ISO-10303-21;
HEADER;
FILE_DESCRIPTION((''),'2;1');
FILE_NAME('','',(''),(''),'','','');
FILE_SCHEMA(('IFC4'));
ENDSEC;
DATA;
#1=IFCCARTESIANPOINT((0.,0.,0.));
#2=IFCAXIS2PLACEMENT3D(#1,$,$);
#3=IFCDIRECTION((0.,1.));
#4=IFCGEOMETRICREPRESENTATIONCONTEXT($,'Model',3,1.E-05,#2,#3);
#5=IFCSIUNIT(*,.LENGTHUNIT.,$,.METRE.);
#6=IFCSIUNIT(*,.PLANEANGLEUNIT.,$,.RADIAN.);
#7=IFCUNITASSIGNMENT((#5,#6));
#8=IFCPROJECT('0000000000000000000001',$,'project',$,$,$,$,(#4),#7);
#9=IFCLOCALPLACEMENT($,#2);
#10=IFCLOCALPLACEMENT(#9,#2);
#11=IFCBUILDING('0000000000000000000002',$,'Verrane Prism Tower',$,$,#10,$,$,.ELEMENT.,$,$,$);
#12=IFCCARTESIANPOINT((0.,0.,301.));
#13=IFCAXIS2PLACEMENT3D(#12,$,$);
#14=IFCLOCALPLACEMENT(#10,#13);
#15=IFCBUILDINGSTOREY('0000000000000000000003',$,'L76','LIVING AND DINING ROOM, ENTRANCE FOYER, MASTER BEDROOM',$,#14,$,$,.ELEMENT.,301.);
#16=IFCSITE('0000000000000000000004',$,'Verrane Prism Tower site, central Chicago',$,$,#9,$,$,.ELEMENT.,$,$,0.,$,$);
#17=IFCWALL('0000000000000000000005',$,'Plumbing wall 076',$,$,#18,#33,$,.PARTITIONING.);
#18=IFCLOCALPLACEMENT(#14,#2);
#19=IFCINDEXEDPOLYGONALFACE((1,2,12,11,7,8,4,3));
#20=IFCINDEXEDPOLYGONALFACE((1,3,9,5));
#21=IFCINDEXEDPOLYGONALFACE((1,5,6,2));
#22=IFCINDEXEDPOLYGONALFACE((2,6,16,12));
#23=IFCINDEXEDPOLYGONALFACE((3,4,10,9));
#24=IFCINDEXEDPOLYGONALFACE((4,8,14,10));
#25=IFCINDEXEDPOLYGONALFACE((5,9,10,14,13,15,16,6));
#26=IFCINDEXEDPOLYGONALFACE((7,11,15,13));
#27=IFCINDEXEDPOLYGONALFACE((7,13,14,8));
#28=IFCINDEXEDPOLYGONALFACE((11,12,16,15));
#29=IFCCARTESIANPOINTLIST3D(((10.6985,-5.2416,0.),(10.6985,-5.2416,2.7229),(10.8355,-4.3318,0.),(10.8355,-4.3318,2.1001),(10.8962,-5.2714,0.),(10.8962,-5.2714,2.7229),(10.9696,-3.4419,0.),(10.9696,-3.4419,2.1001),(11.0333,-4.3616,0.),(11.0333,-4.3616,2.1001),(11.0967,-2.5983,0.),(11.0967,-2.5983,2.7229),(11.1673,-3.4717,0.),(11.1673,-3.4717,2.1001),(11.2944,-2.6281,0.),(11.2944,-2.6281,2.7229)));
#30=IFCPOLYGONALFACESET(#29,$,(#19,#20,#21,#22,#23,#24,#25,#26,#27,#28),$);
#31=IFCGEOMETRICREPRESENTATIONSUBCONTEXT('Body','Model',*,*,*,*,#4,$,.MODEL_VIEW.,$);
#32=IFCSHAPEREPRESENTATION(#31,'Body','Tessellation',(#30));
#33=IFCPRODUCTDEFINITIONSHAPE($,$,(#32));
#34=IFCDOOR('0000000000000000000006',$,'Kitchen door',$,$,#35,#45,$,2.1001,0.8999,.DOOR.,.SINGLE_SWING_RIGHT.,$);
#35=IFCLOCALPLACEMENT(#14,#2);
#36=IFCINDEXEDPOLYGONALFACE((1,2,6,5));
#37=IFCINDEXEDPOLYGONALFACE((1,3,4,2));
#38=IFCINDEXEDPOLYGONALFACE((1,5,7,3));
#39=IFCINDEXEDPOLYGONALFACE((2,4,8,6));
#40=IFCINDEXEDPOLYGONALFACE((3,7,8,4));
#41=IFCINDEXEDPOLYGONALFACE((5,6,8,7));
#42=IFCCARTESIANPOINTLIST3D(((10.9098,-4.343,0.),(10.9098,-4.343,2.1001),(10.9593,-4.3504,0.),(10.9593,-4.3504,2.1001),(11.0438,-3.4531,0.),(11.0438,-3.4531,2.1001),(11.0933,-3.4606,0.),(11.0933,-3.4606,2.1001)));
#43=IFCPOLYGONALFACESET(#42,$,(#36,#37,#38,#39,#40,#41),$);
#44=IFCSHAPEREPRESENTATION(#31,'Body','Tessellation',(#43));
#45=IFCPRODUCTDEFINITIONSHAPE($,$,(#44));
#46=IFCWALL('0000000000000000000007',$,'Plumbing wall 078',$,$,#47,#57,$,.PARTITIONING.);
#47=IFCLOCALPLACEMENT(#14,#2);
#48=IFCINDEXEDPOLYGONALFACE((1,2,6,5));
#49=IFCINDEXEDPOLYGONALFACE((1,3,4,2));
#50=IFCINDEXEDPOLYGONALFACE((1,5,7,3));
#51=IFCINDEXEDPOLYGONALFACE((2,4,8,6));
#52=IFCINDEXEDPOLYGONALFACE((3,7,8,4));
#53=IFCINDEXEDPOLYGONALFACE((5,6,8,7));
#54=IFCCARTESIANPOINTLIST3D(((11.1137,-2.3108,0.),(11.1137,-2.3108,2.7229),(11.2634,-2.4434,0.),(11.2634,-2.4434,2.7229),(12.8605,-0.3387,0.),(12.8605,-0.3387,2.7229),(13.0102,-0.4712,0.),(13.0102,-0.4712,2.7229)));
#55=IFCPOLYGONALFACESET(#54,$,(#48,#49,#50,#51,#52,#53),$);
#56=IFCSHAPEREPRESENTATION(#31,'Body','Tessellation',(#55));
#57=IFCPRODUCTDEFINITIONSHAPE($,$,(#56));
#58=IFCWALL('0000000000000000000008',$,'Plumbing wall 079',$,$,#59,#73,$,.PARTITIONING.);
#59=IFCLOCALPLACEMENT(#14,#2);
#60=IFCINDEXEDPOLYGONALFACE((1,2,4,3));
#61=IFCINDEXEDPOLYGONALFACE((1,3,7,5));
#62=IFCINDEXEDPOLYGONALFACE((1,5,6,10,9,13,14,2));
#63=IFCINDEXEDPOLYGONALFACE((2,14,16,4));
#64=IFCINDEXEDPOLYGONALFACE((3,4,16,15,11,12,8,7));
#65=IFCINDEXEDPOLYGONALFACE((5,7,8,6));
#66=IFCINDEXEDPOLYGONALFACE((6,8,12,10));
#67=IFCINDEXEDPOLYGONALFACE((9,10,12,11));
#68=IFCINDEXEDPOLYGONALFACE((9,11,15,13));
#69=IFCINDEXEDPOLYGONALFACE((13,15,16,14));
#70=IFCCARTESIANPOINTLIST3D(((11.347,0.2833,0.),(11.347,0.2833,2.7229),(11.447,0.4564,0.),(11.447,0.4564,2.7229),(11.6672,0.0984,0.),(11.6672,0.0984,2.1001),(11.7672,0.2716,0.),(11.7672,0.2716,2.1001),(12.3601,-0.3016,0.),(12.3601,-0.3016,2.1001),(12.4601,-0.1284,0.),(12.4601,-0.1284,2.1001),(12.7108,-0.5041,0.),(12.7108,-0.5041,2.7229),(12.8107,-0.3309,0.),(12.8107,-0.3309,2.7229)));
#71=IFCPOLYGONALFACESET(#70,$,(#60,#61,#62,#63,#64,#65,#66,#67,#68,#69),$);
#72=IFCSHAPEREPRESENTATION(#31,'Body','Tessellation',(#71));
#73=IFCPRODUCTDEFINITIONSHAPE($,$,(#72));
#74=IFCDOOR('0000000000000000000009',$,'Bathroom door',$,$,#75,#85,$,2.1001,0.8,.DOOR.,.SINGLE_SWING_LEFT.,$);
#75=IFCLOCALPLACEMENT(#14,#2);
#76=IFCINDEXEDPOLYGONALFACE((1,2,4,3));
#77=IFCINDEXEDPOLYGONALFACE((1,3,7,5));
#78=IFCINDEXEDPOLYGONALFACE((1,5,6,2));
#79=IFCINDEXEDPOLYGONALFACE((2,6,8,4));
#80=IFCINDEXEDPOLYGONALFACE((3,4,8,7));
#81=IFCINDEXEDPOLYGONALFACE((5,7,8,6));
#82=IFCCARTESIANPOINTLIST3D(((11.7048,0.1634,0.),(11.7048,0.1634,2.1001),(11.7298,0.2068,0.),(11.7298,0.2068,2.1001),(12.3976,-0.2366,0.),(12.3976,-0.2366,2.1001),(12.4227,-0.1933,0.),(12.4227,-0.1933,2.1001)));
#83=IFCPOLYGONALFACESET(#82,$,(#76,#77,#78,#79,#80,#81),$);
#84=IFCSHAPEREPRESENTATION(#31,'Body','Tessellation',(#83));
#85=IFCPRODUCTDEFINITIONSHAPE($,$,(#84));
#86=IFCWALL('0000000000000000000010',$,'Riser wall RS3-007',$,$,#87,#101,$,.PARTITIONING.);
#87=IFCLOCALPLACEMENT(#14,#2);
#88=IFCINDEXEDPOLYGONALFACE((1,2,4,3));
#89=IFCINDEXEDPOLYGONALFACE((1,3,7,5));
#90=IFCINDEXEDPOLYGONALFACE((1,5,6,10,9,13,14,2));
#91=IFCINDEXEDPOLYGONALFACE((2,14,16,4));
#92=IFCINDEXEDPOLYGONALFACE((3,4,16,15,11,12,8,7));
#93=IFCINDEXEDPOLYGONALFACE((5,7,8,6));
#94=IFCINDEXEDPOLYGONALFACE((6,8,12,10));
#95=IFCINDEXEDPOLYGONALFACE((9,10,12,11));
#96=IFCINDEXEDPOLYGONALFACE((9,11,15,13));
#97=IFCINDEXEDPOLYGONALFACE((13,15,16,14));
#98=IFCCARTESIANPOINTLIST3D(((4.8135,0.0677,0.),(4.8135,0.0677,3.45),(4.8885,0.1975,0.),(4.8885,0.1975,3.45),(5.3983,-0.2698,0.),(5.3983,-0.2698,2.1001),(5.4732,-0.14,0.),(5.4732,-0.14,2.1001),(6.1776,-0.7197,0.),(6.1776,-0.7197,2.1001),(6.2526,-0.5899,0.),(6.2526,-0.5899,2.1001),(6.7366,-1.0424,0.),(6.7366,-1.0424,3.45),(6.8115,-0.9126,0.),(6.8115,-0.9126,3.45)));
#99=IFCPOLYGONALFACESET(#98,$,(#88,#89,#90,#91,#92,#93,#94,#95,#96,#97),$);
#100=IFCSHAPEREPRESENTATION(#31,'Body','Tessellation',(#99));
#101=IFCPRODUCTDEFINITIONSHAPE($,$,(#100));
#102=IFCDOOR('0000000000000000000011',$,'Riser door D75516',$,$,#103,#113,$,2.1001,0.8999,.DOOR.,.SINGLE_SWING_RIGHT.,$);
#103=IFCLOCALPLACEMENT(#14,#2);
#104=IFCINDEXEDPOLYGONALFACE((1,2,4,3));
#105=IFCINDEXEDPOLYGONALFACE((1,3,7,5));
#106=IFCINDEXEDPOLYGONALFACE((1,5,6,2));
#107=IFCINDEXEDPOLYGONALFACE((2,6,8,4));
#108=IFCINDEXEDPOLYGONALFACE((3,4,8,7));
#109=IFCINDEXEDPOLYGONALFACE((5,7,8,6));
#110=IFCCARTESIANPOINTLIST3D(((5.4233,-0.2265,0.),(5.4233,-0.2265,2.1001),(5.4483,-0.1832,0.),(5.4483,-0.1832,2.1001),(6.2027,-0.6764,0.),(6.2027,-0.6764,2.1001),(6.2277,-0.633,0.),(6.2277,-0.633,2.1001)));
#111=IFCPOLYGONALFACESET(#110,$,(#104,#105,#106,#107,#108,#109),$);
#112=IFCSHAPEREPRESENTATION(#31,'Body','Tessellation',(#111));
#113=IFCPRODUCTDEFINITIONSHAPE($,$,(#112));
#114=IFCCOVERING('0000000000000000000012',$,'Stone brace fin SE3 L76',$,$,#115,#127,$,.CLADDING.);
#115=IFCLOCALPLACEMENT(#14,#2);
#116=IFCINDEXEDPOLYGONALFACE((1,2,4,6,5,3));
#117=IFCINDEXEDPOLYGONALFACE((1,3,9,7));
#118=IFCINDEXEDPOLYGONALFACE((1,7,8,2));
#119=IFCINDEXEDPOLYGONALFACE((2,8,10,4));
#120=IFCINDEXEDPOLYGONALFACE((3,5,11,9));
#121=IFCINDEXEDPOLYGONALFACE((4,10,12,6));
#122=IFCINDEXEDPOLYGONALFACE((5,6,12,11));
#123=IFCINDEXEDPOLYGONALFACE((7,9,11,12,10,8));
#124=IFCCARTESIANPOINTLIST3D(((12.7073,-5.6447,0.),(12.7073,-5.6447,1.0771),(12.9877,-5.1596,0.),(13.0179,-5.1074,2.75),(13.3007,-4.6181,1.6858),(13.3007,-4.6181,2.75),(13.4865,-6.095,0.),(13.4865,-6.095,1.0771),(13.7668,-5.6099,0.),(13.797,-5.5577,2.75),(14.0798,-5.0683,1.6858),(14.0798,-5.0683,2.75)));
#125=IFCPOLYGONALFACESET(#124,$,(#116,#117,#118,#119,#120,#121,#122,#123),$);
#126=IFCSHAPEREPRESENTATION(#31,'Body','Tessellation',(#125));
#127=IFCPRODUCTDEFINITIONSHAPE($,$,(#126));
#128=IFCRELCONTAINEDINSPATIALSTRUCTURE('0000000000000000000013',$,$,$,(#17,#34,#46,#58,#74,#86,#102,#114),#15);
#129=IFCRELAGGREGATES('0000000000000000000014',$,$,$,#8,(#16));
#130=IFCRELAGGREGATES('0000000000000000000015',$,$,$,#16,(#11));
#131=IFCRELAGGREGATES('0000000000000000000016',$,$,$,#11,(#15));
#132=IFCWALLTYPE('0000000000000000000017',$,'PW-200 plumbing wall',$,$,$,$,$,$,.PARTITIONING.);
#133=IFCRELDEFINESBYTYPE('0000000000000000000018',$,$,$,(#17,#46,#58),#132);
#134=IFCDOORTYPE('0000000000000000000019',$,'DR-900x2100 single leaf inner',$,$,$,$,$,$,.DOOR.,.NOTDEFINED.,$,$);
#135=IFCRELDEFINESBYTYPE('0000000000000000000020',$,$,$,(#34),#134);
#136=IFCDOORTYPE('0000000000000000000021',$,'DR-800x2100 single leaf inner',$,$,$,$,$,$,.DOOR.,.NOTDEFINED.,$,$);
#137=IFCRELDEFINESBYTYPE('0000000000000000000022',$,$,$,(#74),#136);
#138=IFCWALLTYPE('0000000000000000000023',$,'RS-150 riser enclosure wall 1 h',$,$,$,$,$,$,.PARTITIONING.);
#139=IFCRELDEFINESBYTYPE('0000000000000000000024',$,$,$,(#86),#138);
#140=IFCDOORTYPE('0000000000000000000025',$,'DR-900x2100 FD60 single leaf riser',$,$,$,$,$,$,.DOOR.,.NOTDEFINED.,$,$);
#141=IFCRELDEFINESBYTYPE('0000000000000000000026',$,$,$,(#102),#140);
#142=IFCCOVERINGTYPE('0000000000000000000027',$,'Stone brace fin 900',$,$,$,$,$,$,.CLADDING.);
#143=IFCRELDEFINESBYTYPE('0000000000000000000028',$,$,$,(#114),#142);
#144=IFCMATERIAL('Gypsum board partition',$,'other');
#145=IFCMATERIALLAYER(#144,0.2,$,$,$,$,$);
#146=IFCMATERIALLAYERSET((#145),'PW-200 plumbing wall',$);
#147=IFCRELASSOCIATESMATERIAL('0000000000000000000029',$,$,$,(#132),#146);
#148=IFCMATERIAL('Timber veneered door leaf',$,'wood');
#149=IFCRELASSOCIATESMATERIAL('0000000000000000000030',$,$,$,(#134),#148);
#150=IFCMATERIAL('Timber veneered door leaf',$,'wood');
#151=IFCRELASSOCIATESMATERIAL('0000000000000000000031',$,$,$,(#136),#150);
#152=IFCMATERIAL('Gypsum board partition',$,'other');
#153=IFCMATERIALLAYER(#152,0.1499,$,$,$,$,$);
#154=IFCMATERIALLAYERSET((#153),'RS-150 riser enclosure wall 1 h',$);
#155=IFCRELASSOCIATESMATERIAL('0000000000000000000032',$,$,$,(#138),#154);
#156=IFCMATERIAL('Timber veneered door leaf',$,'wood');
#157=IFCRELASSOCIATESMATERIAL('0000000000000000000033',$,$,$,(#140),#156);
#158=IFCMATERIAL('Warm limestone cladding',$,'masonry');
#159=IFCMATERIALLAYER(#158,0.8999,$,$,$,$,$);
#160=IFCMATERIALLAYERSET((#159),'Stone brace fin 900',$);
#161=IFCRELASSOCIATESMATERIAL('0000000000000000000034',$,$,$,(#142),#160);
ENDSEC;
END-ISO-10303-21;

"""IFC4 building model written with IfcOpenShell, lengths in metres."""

from ifc_helpers import new_model, si_unit, direction, frame, frame_2d, origin, place, context, subcontext, project, spatial, polyline, rectangle, outline, extrude, material, layer, layer_set, type_object, element, fill, save


model = new_model("IFC4")

# Units and contexts
model_context = context("Model", 3, precision=1e-05, world=origin(), true_north=direction((0.0, 1.0)))
body_context = subcontext(model_context, "Body", "Model", "MODEL_VIEW")
ifc_project = project(units=[si_unit("LENGTHUNIT", "METRE"), si_unit("PLANEANGLEUNIT", "RADIAN")], contexts=[model_context])

# Site, building, storey
site_placement = place(None, origin())
site = spatial("IfcSite", under=ifc_project, at=site_placement, Name="Verrane Prism Tower site, central Chicago", CompositionType="ELEMENT", RefElevation=0.0)
building_placement = place(site_placement, origin())
building = spatial("IfcBuilding", under=site, at=building_placement, Name="Verrane Prism Tower", CompositionType="ELEMENT")
storey_placement = place(building_placement, frame((0.0, 0.0, 301.0)))
storey = spatial("IfcBuildingStorey", under=building, at=storey_placement, Name="L76", Description="LIVING AND DINING ROOM, ENTRANCE FOYER, MASTER BEDROOM", CompositionType="ELEMENT", Elevation=301.0)

# Shared definitions
ifc_material_1 = material(Name="Gypsum board partition", Category="other")
ifc_layer_1 = layer(ifc_material_1, 0.2)
ifc_layer_set_1 = layer_set([ifc_layer_1], Name="PW-200 plumbing wall")
wall_type_1 = type_object("IfcWallType", Name="PW-200 plumbing wall", PredefinedType="PARTITIONING", material=ifc_layer_set_1)

# Wall, opening, door
wall_1_placement = place(storey_placement, frame((10.7974, -5.2563, 0.0), z_axis=(0.0, 0.0, 1.0), x_axis=(0.148961, 0.988843, 0.0)))
wall_1 = element("IfcWall", 1, at=wall_1_placement, inside=storey, type_object=wall_type_1, Name="Plumbing wall 076", PredefinedType="PARTITIONING", context=body_context, shape_type="SweptSolid", body=[
    extrude(rectangle(XDim=2.6731, YDim=0.2, at=frame_2d((1.3364, 0.0))), origin(), (0.0, 0.0, 1.0), 2.7229),
])
opening_1_placement = place(wall_1_placement, frame((0.9199, 0.0, 0.0)))
opening_1 = element("IfcOpeningElement", 2, at=opening_1_placement, cuts=wall_1, PredefinedType="OPENING", context=body_context, shape_type="SweptSolid", body=[
    extrude(rectangle(XDim=0.8999, YDim=2.1001, at=frame_2d((0.45, 1.05))), frame((0.0, 0.1099, 0.0), z_axis=(0.0, -1.0, 0.0), x_axis=(1.0, 0.0, 0.0)), (0.0, 0.0, 1.0), 0.22),
])
ifc_material_2 = material(Name="Timber veneered door leaf", Category="wood")
door_type_1 = type_object("IfcDoorType", Name="DR-900x2100 single leaf inner", OperationType="NOTDEFINED", PredefinedType="DOOR", material=ifc_material_2)
door_1_placement = place(opening_1_placement, origin())
door_1 = element("IfcDoor", 3, at=door_1_placement, inside=storey, type_object=door_type_1, Name="Kitchen door", OperationType="SINGLE_SWING_RIGHT", OverallHeight=2.1001, OverallWidth=0.8999, PredefinedType="DOOR", context=body_context, shape_type="SweptSolid", body=[
    extrude(rectangle(XDim=0.8999, YDim=2.1001, at=frame_2d((0.45, 1.05))), frame((0.0, 0.0249, 0.0), z_axis=(0.0, -1.0, 0.0), x_axis=(1.0, 0.0, 0.0)), (0.0, 0.0, 1.0), 0.05),
])
fill(opening_1, door_1)

# Wall
wall_2_placement = place(storey_placement, frame((11.1885, -2.3772, 0.0), z_axis=(0.0, 0.0, 1.0), x_axis=(0.663046, 0.748579, 0.0)))
element("IfcWall", 4, at=wall_2_placement, inside=storey, type_object=wall_type_1, Name="Plumbing wall 078", PredefinedType="PARTITIONING", context=body_context, shape_type="SweptSolid", body=[
    extrude(rectangle(XDim=2.6345, YDim=0.2, at=frame_2d((1.3174, 0.0))), origin(), (0.0, 0.0, 1.0), 2.7229),
])

# Walls, openings, doors
wall_3_placement = place(storey_placement, frame((12.7607, -0.4175, 0.0), z_axis=(0.0, 0.0, 1.0), x_axis=(-0.866031, 0.499991, 0.0)))
wall_3 = element("IfcWall", 5, at=wall_3_placement, inside=storey, type_object=wall_type_1, Name="Plumbing wall 079", PredefinedType="PARTITIONING", context=body_context, shape_type="SweptSolid", body=[
    extrude(rectangle(XDim=1.5747, YDim=0.2, at=frame_2d((0.7874, 0.0))), origin(), (0.0, 0.0, 1.0), 2.7229),
])
opening_2_placement = place(wall_3_placement, frame((0.405, 0.0, 0.0)))
opening_2 = element("IfcOpeningElement", 6, at=opening_2_placement, cuts=wall_3, PredefinedType="OPENING", context=body_context, shape_type="SweptSolid", body=[
    extrude(rectangle(XDim=0.8, YDim=2.1001, at=frame_2d((0.3999, 1.05))), frame((0.0, 0.1099, 0.0), z_axis=(0.0, -1.0, 0.0), x_axis=(1.0, 0.0, 0.0)), (0.0, 0.0, 1.0), 0.22),
])
ifc_material_3 = material(Name="Timber veneered door leaf", Category="wood")
door_type_2 = type_object("IfcDoorType", Name="DR-800x2100 single leaf inner", OperationType="NOTDEFINED", PredefinedType="DOOR", material=ifc_material_3)
door_2_placement = place(opening_2_placement, origin())
door_2 = element("IfcDoor", 7, at=door_2_placement, inside=storey, type_object=door_type_2, Name="Bathroom door", OperationType="SINGLE_SWING_LEFT", OverallHeight=2.1001, OverallWidth=0.8, PredefinedType="DOOR", context=body_context, shape_type="SweptSolid", body=[
    extrude(rectangle(XDim=0.8, YDim=2.1001, at=frame_2d((0.3999, 1.05))), frame((0.0, 0.0249, 0.0), z_axis=(0.0, -1.0, 0.0), x_axis=(1.0, 0.0, 0.0)), (0.0, 0.0, 1.0), 0.05),
])
fill(opening_2, door_2)
ifc_material_4 = material(Name="Gypsum board partition", Category="other")
ifc_layer_2 = layer(ifc_material_4, 0.1499)
ifc_layer_set_2 = layer_set([ifc_layer_2], Name="RS-150 riser enclosure wall 1 h")
wall_type_2 = type_object("IfcWallType", Name="RS-150 riser enclosure wall 1 h", PredefinedType="PARTITIONING", material=ifc_layer_set_2)
wall_4_placement = place(storey_placement, frame((6.7742, -0.9775, 0.0), z_axis=(0.0, 0.0, 1.0), x_axis=(-0.866063, 0.499935, 0.0)))
wall_4 = element("IfcWall", 8, at=wall_4_placement, inside=storey, type_object=wall_type_2, Name="Riser wall RS3-007", PredefinedType="PARTITIONING", context=body_context, shape_type="SweptSolid", body=[
    extrude(rectangle(XDim=2.2205, YDim=0.1499, at=frame_2d((1.1104, 0.0))), origin(), (0.0, 0.0, 1.0), 3.45),
])
opening_3_placement = place(wall_4_placement, frame((0.6455, 0.0, 0.0)))
opening_3 = element("IfcOpeningElement", 9, at=opening_3_placement, cuts=wall_4, PredefinedType="OPENING", context=body_context, shape_type="SweptSolid", body=[
    extrude(rectangle(XDim=0.8999, YDim=2.1001, at=frame_2d((0.45, 1.05))), frame((0.0, 0.085, 0.0), z_axis=(0.0, -1.0, 0.0), x_axis=(1.0, 0.0, 0.0)), (0.0, 0.0, 1.0), 0.1699),
])
ifc_material_5 = material(Name="Timber veneered door leaf", Category="wood")
door_type_3 = type_object("IfcDoorType", Name="DR-900x2100 FD60 single leaf riser", OperationType="NOTDEFINED", PredefinedType="DOOR", material=ifc_material_5)
door_3_placement = place(opening_3_placement, origin())
door_3 = element("IfcDoor", 10, at=door_3_placement, inside=storey, type_object=door_type_3, Name="Riser door D75516", OperationType="SINGLE_SWING_RIGHT", OverallHeight=2.1001, OverallWidth=0.8999, PredefinedType="DOOR", context=body_context, shape_type="SweptSolid", body=[
    extrude(rectangle(XDim=0.8999, YDim=2.1001, at=frame_2d((0.45, 1.05))), frame((0.0, 0.0249, 0.0), z_axis=(0.0, -1.0, 0.0), x_axis=(1.0, 0.0, 0.0)), (0.0, 0.0, 1.0), 0.05),
])
fill(opening_3, door_3)

# Covering
ifc_material_6 = material(Name="Warm limestone cladding", Category="masonry")
ifc_layer_3 = layer(ifc_material_6, 0.8999)
ifc_layer_set_3 = layer_set([ifc_layer_3], Name="Stone brace fin 900")
covering_type = type_object("IfcCoveringType", Name="Stone brace fin 900", PredefinedType="CLADDING", material=ifc_layer_set_3)
covering_placement = place(storey_placement, frame((13.0969, -5.8699, 0.0), z_axis=(0.0, 0.0, 1.0), x_axis=(0.500346, 0.865825, 0.0)))
element("IfcCovering", 11, at=covering_placement, inside=storey, type_object=covering_type, Name="Stone brace fin SE3 L76", PredefinedType="CLADDING", context=body_context, shape_type="SweptSolid", body=[
    extrude(outline(polyline([(1.1858, 2.75), (0.6206, 2.75), (0.0, 1.0771), (0.0, 0.0), (0.5603, 0.0), (1.1858, 1.6858), (1.1858, 2.75)])), frame((0.0, 0.45, 0.0), z_axis=(0.0, -1.0, 0.0), x_axis=(1.0, 0.0, 0.0)), (0.0, 0.0, 1.0), 0.8999),
])

save(model, "model.ifc")
